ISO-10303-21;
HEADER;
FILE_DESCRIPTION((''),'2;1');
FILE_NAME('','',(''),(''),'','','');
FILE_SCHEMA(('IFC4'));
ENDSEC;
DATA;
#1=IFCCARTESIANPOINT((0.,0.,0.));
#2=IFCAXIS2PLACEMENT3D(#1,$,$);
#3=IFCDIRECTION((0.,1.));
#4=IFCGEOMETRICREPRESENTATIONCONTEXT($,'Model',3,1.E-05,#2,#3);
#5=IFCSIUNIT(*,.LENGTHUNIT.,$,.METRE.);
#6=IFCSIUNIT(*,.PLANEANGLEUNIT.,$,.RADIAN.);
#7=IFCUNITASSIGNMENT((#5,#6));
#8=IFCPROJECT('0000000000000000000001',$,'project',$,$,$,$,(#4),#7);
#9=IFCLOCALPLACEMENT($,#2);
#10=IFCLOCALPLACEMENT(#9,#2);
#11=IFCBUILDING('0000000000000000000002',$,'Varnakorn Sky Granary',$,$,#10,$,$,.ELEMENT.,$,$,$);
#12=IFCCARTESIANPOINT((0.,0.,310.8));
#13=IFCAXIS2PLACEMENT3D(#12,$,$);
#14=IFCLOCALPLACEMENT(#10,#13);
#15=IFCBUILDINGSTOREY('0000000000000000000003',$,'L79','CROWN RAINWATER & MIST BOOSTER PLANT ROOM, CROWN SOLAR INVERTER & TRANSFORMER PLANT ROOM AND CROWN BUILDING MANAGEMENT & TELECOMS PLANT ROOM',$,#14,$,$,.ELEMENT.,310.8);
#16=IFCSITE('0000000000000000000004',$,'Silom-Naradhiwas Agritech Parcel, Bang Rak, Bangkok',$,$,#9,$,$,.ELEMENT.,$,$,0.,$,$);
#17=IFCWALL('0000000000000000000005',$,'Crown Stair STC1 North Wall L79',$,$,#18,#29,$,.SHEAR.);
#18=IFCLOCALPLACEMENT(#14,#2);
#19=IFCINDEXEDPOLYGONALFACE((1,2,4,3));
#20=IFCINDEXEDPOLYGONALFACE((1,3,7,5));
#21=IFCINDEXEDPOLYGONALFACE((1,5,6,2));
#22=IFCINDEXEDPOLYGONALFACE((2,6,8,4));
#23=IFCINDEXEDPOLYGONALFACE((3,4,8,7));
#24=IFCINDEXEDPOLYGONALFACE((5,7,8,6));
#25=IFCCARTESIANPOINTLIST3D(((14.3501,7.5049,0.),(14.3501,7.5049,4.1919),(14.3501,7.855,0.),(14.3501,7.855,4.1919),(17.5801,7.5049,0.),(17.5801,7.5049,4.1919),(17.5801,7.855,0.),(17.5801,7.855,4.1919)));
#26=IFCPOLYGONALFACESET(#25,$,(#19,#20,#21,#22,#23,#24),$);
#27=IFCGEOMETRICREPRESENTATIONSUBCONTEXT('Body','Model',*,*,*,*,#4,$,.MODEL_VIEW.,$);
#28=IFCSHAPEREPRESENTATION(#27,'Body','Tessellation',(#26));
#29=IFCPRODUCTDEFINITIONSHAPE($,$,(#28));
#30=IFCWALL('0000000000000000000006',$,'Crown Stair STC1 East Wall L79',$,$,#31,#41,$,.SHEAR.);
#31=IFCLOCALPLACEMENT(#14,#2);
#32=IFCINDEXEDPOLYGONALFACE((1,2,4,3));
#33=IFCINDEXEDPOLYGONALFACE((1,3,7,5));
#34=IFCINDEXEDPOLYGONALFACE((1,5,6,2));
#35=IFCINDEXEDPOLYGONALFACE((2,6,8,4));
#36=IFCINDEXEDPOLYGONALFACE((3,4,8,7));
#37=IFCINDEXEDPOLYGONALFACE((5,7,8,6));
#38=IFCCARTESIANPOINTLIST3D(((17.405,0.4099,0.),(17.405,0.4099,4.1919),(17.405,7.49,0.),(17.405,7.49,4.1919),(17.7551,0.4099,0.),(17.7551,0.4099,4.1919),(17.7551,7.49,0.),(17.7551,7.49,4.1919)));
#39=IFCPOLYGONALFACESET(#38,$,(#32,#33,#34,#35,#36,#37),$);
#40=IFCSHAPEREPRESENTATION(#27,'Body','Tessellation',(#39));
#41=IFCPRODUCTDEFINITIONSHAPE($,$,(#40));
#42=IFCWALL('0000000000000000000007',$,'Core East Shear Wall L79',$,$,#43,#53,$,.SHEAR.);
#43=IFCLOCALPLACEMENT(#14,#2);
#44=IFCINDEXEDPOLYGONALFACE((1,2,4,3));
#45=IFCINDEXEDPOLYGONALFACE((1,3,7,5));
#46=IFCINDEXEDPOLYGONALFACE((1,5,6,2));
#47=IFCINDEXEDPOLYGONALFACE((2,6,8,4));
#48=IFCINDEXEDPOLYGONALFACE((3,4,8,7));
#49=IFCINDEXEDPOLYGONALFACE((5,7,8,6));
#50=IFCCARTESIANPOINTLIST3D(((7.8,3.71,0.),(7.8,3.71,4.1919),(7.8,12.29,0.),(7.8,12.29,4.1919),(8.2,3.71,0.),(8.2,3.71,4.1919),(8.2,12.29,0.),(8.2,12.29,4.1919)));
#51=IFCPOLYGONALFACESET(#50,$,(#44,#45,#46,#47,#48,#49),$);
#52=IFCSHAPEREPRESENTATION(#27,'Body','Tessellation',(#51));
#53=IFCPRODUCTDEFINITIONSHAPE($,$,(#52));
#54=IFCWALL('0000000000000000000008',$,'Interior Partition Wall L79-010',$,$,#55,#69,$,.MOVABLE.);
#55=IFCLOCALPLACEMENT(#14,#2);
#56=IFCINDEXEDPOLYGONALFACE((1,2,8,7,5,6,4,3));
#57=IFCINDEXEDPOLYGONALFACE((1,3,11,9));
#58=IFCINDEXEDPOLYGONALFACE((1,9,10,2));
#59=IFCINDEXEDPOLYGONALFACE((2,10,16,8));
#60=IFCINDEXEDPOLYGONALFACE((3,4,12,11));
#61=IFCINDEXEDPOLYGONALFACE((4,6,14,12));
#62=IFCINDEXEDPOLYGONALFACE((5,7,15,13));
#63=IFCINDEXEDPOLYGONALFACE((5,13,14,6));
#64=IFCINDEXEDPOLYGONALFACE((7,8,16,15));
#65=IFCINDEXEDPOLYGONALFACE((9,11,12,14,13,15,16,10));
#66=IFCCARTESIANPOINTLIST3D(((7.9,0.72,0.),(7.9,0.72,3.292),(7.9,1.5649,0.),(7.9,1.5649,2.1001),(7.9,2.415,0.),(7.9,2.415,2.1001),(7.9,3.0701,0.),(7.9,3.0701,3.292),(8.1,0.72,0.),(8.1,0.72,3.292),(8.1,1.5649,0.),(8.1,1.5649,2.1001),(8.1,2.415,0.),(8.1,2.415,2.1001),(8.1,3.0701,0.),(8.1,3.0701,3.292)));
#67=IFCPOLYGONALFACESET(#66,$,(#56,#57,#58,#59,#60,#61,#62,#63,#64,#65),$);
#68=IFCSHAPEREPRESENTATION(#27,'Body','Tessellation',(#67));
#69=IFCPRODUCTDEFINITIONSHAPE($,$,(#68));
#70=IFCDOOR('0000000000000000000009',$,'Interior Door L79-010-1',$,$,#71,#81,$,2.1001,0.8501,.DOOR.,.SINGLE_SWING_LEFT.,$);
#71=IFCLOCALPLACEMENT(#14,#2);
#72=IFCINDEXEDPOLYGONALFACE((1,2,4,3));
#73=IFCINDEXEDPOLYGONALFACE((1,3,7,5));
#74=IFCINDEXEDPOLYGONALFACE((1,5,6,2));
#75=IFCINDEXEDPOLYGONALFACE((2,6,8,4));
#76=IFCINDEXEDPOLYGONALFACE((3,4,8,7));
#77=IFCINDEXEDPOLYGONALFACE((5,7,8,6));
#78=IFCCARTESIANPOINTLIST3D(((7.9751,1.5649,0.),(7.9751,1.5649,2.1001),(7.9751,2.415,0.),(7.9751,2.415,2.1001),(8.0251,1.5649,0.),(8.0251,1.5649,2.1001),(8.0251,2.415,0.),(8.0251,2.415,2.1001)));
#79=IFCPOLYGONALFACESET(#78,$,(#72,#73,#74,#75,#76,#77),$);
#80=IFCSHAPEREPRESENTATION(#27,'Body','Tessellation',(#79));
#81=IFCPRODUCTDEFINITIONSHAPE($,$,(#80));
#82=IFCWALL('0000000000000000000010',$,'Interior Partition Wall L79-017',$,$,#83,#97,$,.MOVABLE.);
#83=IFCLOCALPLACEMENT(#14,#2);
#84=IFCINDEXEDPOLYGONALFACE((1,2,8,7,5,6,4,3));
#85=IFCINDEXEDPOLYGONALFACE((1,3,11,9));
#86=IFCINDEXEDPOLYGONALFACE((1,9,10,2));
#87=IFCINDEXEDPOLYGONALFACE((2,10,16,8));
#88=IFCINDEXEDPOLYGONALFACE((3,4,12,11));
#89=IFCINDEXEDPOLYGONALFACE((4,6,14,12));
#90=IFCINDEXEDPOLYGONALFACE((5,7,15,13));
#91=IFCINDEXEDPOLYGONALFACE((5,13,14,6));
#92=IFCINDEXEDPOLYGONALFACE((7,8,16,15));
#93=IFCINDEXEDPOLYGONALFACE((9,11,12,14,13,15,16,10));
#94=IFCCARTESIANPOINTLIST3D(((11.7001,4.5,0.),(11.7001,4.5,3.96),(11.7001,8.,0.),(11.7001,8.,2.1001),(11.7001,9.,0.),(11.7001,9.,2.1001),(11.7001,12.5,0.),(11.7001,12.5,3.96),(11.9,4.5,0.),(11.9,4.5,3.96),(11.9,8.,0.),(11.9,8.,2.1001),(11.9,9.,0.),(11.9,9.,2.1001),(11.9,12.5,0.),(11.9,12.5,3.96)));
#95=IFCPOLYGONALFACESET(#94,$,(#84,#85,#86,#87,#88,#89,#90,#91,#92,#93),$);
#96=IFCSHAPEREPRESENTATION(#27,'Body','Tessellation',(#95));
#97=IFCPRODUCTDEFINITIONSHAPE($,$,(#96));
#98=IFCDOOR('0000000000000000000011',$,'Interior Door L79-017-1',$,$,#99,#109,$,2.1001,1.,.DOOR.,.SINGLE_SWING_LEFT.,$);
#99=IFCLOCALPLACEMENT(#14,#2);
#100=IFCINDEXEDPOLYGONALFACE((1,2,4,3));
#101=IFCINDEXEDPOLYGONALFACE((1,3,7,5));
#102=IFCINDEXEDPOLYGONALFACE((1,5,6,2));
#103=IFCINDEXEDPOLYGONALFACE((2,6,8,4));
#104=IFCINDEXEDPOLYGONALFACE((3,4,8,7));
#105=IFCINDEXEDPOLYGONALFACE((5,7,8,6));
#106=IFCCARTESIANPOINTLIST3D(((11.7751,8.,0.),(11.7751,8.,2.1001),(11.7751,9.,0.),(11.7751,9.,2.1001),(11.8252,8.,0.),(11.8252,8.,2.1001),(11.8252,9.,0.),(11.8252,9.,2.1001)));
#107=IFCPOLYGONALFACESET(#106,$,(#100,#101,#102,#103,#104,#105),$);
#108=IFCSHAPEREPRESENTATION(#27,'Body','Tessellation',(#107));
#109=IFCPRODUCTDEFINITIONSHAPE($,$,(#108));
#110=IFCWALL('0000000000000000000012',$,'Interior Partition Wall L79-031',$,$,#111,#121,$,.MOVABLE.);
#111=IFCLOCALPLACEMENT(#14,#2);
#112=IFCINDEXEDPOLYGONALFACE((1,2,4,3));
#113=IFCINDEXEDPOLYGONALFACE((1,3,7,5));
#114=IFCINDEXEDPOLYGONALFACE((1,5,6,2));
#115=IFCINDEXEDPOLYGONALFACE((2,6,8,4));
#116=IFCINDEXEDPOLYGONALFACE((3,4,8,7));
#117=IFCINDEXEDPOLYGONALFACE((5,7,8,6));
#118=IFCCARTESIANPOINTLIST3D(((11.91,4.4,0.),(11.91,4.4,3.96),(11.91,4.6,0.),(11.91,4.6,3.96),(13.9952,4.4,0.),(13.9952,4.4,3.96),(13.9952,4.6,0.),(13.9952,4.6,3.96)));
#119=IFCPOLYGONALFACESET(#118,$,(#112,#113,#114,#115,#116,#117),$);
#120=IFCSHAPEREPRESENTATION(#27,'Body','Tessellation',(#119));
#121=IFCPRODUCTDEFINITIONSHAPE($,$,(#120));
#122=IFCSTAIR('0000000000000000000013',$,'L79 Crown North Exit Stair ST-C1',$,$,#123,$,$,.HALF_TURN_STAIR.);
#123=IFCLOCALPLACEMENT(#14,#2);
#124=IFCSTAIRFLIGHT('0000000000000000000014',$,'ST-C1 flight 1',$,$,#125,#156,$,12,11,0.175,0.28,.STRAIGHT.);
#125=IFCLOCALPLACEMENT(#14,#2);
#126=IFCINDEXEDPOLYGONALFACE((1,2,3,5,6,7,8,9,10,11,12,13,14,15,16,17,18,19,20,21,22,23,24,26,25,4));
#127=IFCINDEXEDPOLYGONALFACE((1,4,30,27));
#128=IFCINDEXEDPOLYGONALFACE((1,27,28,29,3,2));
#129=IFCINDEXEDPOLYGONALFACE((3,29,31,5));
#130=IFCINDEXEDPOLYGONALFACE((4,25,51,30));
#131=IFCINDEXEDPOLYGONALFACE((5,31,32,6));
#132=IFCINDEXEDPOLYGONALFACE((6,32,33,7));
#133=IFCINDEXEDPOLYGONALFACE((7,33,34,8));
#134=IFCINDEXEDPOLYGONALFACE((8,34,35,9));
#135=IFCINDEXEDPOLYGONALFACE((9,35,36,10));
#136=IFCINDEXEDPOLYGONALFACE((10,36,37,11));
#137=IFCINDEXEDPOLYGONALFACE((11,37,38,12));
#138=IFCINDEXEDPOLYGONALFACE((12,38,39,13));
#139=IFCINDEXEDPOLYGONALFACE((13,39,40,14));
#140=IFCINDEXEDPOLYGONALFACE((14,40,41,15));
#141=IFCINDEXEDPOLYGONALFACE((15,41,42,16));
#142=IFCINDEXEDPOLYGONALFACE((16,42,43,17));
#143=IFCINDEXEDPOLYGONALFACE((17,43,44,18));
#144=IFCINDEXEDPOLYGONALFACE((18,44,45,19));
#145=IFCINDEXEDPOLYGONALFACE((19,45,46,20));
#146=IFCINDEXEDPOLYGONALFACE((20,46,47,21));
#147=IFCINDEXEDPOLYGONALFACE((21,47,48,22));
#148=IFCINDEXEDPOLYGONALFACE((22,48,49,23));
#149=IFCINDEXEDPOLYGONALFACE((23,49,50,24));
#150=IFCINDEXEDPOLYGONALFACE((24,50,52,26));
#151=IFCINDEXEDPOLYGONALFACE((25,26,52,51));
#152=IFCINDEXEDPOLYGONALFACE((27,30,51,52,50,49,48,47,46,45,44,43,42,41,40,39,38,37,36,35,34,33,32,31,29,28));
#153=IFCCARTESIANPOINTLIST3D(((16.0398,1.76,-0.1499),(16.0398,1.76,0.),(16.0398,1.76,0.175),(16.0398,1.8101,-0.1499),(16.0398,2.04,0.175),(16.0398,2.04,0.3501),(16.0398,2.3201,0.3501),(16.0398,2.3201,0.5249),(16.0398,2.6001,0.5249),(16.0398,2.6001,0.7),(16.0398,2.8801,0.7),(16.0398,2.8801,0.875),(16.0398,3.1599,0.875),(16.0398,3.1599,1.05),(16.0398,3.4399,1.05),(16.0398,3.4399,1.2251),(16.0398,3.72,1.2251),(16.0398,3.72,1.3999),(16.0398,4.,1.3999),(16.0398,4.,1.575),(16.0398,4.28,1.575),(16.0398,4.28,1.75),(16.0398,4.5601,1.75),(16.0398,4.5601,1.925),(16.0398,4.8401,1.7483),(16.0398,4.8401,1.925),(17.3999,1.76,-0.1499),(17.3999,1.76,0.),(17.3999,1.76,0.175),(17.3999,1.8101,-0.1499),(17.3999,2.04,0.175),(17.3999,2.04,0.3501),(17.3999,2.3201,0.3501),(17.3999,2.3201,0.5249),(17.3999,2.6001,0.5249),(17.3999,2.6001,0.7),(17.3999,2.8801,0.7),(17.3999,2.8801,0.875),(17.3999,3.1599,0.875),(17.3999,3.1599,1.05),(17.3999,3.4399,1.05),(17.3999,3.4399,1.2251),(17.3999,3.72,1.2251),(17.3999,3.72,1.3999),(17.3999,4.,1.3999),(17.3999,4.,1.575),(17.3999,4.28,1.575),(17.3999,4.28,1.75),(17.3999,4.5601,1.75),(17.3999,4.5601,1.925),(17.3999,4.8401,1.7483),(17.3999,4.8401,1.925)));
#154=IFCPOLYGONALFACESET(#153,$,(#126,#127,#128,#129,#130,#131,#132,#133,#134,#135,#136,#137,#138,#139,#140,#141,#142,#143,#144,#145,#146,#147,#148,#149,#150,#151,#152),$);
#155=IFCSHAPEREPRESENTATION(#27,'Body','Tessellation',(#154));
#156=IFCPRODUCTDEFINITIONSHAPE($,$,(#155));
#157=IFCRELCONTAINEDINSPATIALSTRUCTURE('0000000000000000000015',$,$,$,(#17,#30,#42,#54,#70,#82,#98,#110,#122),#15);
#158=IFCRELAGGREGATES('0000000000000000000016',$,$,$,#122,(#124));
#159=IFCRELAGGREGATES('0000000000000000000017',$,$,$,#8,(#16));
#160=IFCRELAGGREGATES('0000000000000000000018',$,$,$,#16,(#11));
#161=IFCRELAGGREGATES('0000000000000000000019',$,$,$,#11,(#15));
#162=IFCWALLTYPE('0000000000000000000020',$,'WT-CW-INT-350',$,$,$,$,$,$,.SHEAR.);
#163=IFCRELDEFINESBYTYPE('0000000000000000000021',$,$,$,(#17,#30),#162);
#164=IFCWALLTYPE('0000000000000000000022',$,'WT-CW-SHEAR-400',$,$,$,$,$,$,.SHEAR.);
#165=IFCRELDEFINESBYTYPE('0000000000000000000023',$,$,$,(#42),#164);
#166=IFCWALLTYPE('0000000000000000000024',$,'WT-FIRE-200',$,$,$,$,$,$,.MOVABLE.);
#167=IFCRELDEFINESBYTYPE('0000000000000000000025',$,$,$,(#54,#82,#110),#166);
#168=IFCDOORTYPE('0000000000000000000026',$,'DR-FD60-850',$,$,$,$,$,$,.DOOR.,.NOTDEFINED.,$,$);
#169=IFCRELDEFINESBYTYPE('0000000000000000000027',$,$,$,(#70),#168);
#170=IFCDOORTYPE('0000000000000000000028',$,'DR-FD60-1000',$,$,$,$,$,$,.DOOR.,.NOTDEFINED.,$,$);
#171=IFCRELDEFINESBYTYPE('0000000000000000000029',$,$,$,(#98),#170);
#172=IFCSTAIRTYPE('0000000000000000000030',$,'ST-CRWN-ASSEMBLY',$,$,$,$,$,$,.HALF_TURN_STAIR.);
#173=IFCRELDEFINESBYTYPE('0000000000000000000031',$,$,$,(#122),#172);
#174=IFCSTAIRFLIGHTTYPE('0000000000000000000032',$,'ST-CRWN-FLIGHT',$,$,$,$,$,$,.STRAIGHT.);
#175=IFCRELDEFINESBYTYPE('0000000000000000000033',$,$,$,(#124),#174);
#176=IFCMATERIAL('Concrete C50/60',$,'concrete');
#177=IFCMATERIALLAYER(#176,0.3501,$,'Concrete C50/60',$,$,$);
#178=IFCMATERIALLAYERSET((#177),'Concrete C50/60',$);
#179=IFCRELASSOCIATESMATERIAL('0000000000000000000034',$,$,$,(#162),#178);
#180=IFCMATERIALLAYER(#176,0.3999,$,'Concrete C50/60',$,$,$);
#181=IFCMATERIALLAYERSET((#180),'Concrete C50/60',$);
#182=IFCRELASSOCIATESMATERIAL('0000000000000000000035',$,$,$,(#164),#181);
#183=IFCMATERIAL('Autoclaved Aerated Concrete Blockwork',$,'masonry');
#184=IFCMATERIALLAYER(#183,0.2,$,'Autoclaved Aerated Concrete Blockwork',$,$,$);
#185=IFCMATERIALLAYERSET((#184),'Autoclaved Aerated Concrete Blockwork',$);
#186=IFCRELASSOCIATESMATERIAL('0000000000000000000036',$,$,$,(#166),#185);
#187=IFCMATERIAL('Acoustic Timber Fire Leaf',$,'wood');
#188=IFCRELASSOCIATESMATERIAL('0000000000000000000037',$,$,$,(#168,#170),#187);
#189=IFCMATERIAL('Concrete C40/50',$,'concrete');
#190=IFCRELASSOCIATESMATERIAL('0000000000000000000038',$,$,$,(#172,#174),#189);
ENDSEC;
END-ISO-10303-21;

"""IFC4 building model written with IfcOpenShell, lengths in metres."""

from ifc_helpers import new_model, si_unit, direction, frame, frame_2d, origin, place, context, subcontext, project, spatial, polyline, rectangle, outline, extrude, material, layer, layer_set, type_object, element, fill, aggregate, save


model = new_model("IFC4")

# Units and contexts
model_context = context("Model", 3, precision=1e-05, world=origin(), true_north=direction((0.0, 1.0)))
body_context = subcontext(model_context, "Body", "Model", "MODEL_VIEW")
ifc_project = project(units=[si_unit("LENGTHUNIT", "METRE"), si_unit("PLANEANGLEUNIT", "RADIAN")], contexts=[model_context])

# Site, building, storey
site_placement = place(None, origin())
site = spatial("IfcSite", under=ifc_project, at=site_placement, Name="Silom-Naradhiwas Agritech Parcel, Bang Rak, Bangkok", CompositionType="ELEMENT", RefElevation=0.0)
building_placement = place(site_placement, origin())
building = spatial("IfcBuilding", under=site, at=building_placement, Name="Varnakorn Sky Granary", CompositionType="ELEMENT")
storey_placement = place(building_placement, frame((0.0, 0.0, 310.8)))
storey = spatial("IfcBuildingStorey", under=building, at=storey_placement, Name="L79", Description="CROWN RAINWATER & MIST BOOSTER PLANT ROOM, CROWN SOLAR INVERTER & TRANSFORMER PLANT ROOM AND CROWN BUILDING MANAGEMENT & TELECOMS PLANT ROOM", CompositionType="ELEMENT", Elevation=310.8)

# Shared definitions
ifc_material_1 = material(Name="Concrete C50/60", Category="concrete")

# Wall
ifc_layer_1 = layer(ifc_material_1, 0.3501, Name="Concrete C50/60")
ifc_layer_set_1 = layer_set([ifc_layer_1], Name="Concrete C50/60")
wall_type_1 = type_object("IfcWallType", Name="WT-CW-INT-350", PredefinedType="SHEAR", material=ifc_layer_set_1)
wall_1_placement = place(storey_placement, frame((14.3501, 7.6799, 0.0), z_axis=(0.0, 0.0, 1.0), x_axis=(1.0, 0.0, 0.0)))
element("IfcWall", 1, at=wall_1_placement, inside=storey, type_object=wall_type_1, Name="Crown Stair STC1 North Wall L79", PredefinedType="SHEAR", context=body_context, shape_type="SweptSolid", body=[
    extrude(rectangle(XDim=3.23, YDim=0.3501, at=frame_2d((1.615, 0.0))), origin(), (0.0, 0.0, 1.0), 4.1919),
])

# Walls
wall_2_placement = place(storey_placement, frame((17.5801, 0.4099, 0.0), z_axis=(0.0, 0.0, 1.0), x_axis=(0.0, 1.0, 0.0)))
element("IfcWall", 2, at=wall_2_placement, inside=storey, type_object=wall_type_1, Name="Crown Stair STC1 East Wall L79", PredefinedType="SHEAR", context=body_context, shape_type="SweptSolid", body=[
    extrude(rectangle(XDim=7.0801, YDim=0.3501, at=frame_2d((3.54, 0.0))), origin(), (0.0, 0.0, 1.0), 4.1919),
])
ifc_layer_2 = layer(ifc_material_1, 0.3999, Name="Concrete C50/60")
ifc_layer_set_2 = layer_set([ifc_layer_2], Name="Concrete C50/60")
wall_type_2 = type_object("IfcWallType", Name="WT-CW-SHEAR-400", PredefinedType="SHEAR", material=ifc_layer_set_2)
wall_3_placement = place(storey_placement, frame((8.0, 3.71, 0.0), z_axis=(0.0, 0.0, 1.0), x_axis=(0.0, 1.0, 0.0)))
element("IfcWall", 3, at=wall_3_placement, inside=storey, type_object=wall_type_2, Name="Core East Shear Wall L79", PredefinedType="SHEAR", context=body_context, shape_type="SweptSolid", body=[
    extrude(rectangle(XDim=8.5801, YDim=0.3999, at=frame_2d((4.29, 0.0))), origin(), (0.0, 0.0, 1.0), 4.1919),
])

# Walls, openings, doors
ifc_material_2 = material(Name="Autoclaved Aerated Concrete Blockwork", Category="masonry")
ifc_layer_3 = layer(ifc_material_2, 0.2, Name="Autoclaved Aerated Concrete Blockwork")
ifc_layer_set_3 = layer_set([ifc_layer_3], Name="Autoclaved Aerated Concrete Blockwork")
wall_type_3 = type_object("IfcWallType", Name="WT-FIRE-200", PredefinedType="MOVABLE", material=ifc_layer_set_3)
wall_4_placement = place(storey_placement, frame((8.0, 0.72, 0.0), z_axis=(0.0, 0.0, 1.0), x_axis=(0.0, 1.0, 0.0)))
wall_4 = element("IfcWall", 4, at=wall_4_placement, inside=storey, type_object=wall_type_3, Name="Interior Partition Wall L79-010", PredefinedType="MOVABLE", context=body_context, shape_type="SweptSolid", body=[
    extrude(rectangle(XDim=2.3501, YDim=0.2, at=frame_2d((1.175, 0.0))), origin(), (0.0, 0.0, 1.0), 3.292),
])
opening_1_placement = place(wall_4_placement, frame((0.845, 0.0, 0.0)))
opening_1 = element("IfcOpeningElement", 5, at=opening_1_placement, cuts=wall_4, PredefinedType="OPENING", context=body_context, shape_type="SweptSolid", body=[
    extrude(rectangle(XDim=0.8501, YDim=2.1001, at=frame_2d((0.425, 1.05))), frame((0.0, 0.1099, 0.0), z_axis=(0.0, -1.0, 0.0), x_axis=(1.0, 0.0, 0.0)), (0.0, 0.0, 1.0), 0.22),
])
ifc_material_3 = material(Name="Acoustic Timber Fire Leaf", Category="wood")
door_type_1 = type_object("IfcDoorType", Name="DR-FD60-850", OperationType="NOTDEFINED", PredefinedType="DOOR", material=ifc_material_3)
door_1_placement = place(opening_1_placement, origin())
door_1 = element("IfcDoor", 6, at=door_1_placement, inside=storey, type_object=door_type_1, Name="Interior Door L79-010-1", OperationType="SINGLE_SWING_LEFT", OverallHeight=2.1001, OverallWidth=0.8501, PredefinedType="DOOR", context=body_context, shape_type="SweptSolid", body=[
    extrude(rectangle(XDim=0.8501, YDim=2.1001, at=frame_2d((0.425, 1.05))), frame((0.0, 0.0249, 0.0), z_axis=(0.0, -1.0, 0.0), x_axis=(1.0, 0.0, 0.0)), (0.0, 0.0, 1.0), 0.05),
])
fill(opening_1, door_1)
wall_5_placement = place(storey_placement, frame((11.8, 4.5, 0.0), z_axis=(0.0, 0.0, 1.0), x_axis=(0.0, 1.0, 0.0)))
wall_5 = element("IfcWall", 7, at=wall_5_placement, inside=storey, type_object=wall_type_3, Name="Interior Partition Wall L79-017", PredefinedType="MOVABLE", context=body_context, shape_type="SweptSolid", body=[
    extrude(rectangle(XDim=8.0, YDim=0.2, at=frame_2d((4.0, 0.0))), origin(), (0.0, 0.0, 1.0), 3.96),
])
opening_2_placement = place(wall_5_placement, frame((3.5, 0.0, 0.0)))
opening_2 = element("IfcOpeningElement", 8, at=opening_2_placement, cuts=wall_5, PredefinedType="OPENING", context=body_context, shape_type="SweptSolid", body=[
    extrude(rectangle(XDim=1.0, YDim=2.1001, at=frame_2d((0.5, 1.05))), frame((0.0, 0.1099, 0.0), z_axis=(0.0, -1.0, 0.0), x_axis=(1.0, 0.0, 0.0)), (0.0, 0.0, 1.0), 0.22),
])
door_type_2 = type_object("IfcDoorType", Name="DR-FD60-1000", OperationType="NOTDEFINED", PredefinedType="DOOR", material=ifc_material_3)
door_2_placement = place(opening_2_placement, origin())
door_2 = element("IfcDoor", 9, at=door_2_placement, inside=storey, type_object=door_type_2, Name="Interior Door L79-017-1", OperationType="SINGLE_SWING_LEFT", OverallHeight=2.1001, OverallWidth=1.0, PredefinedType="DOOR", context=body_context, shape_type="SweptSolid", body=[
    extrude(rectangle(XDim=1.0, YDim=2.1001, at=frame_2d((0.5, 1.05))), frame((0.0, 0.0249, 0.0), z_axis=(0.0, -1.0, 0.0), x_axis=(1.0, 0.0, 0.0)), (0.0, 0.0, 1.0), 0.05),
])
fill(opening_2, door_2)

# Wall
wall_6_placement = place(storey_placement, frame((13.9951, 4.5, 0.0), z_axis=(0.0, 0.0, 1.0), x_axis=(-1.0, 0.0, 0.0)))
element("IfcWall", 10, at=wall_6_placement, inside=storey, type_object=wall_type_3, Name="Interior Partition Wall L79-031", PredefinedType="MOVABLE", context=body_context, shape_type="SweptSolid", body=[
    extrude(rectangle(XDim=2.0852, YDim=0.2, at=frame_2d((1.0425, 0.0))), origin(), (0.0, 0.0, 1.0), 3.96),
])

# Stair, stair flight
ifc_material_4 = material(Name="Concrete C40/50", Category="concrete")
stair_type = type_object("IfcStairType", Name="ST-CRWN-ASSEMBLY", PredefinedType="HALF_TURN_STAIR", material=ifc_material_4)
stair_placement = place(storey_placement, origin())
stair = element("IfcStair", 11, at=stair_placement, inside=storey, type_object=stair_type, Name="L79 Crown North Exit Stair ST-C1", PredefinedType="HALF_TURN_STAIR")
stair_flight_type = type_object("IfcStairFlightType", Name="ST-CRWN-FLIGHT", PredefinedType="STRAIGHT", material=ifc_material_4)
stair_flight_1_placement = place(storey_placement, frame((16.72, 1.76, 0.0), z_axis=(0.0, 0.0, 1.0), x_axis=(0.0, 1.0, 0.0)))
stair_flight_1 = element("IfcStairFlight", 12, at=stair_flight_1_placement, type_object=stair_flight_type, Name="ST-C1 flight 1", NumberOfRisers=12, NumberOfTreads=11, PredefinedType="STRAIGHT", RiserHeight=0.175, TreadLength=0.28, context=body_context, shape_type="SweptSolid", body=[
    extrude(outline(polyline([(0.0, -0.1499), (0.0, 0.0), (0.0, 0.175), (0.28, 0.175), (0.28, 0.3501), (0.5601, 0.3501), (0.5601, 0.5249), (0.8401, 0.5249), (0.8401, 0.7), (1.1201, 0.7), (1.1201, 0.875), (1.3999, 0.875), (1.3999, 1.05), (1.6799, 1.05), (1.6799, 1.2251), (1.96, 1.2251), (1.96, 1.3999), (2.24, 1.3999), (2.24, 1.575), (2.52, 1.575), (2.52, 1.75), (2.8, 1.75), (2.8, 1.925), (3.0801, 1.925), (3.0801, 2.1001), (3.0801, 1.7483), (0.05, -0.1499), (0.0, -0.1499)])), frame((0.0, 0.6802, 0.0), z_axis=(0.0, -1.0, 0.0), x_axis=(1.0, 0.0, 0.0)), (0.0, 0.0, 1.0), 1.3601),
])
aggregate(stair, [stair_flight_1])

save(model, "model.ifc")
